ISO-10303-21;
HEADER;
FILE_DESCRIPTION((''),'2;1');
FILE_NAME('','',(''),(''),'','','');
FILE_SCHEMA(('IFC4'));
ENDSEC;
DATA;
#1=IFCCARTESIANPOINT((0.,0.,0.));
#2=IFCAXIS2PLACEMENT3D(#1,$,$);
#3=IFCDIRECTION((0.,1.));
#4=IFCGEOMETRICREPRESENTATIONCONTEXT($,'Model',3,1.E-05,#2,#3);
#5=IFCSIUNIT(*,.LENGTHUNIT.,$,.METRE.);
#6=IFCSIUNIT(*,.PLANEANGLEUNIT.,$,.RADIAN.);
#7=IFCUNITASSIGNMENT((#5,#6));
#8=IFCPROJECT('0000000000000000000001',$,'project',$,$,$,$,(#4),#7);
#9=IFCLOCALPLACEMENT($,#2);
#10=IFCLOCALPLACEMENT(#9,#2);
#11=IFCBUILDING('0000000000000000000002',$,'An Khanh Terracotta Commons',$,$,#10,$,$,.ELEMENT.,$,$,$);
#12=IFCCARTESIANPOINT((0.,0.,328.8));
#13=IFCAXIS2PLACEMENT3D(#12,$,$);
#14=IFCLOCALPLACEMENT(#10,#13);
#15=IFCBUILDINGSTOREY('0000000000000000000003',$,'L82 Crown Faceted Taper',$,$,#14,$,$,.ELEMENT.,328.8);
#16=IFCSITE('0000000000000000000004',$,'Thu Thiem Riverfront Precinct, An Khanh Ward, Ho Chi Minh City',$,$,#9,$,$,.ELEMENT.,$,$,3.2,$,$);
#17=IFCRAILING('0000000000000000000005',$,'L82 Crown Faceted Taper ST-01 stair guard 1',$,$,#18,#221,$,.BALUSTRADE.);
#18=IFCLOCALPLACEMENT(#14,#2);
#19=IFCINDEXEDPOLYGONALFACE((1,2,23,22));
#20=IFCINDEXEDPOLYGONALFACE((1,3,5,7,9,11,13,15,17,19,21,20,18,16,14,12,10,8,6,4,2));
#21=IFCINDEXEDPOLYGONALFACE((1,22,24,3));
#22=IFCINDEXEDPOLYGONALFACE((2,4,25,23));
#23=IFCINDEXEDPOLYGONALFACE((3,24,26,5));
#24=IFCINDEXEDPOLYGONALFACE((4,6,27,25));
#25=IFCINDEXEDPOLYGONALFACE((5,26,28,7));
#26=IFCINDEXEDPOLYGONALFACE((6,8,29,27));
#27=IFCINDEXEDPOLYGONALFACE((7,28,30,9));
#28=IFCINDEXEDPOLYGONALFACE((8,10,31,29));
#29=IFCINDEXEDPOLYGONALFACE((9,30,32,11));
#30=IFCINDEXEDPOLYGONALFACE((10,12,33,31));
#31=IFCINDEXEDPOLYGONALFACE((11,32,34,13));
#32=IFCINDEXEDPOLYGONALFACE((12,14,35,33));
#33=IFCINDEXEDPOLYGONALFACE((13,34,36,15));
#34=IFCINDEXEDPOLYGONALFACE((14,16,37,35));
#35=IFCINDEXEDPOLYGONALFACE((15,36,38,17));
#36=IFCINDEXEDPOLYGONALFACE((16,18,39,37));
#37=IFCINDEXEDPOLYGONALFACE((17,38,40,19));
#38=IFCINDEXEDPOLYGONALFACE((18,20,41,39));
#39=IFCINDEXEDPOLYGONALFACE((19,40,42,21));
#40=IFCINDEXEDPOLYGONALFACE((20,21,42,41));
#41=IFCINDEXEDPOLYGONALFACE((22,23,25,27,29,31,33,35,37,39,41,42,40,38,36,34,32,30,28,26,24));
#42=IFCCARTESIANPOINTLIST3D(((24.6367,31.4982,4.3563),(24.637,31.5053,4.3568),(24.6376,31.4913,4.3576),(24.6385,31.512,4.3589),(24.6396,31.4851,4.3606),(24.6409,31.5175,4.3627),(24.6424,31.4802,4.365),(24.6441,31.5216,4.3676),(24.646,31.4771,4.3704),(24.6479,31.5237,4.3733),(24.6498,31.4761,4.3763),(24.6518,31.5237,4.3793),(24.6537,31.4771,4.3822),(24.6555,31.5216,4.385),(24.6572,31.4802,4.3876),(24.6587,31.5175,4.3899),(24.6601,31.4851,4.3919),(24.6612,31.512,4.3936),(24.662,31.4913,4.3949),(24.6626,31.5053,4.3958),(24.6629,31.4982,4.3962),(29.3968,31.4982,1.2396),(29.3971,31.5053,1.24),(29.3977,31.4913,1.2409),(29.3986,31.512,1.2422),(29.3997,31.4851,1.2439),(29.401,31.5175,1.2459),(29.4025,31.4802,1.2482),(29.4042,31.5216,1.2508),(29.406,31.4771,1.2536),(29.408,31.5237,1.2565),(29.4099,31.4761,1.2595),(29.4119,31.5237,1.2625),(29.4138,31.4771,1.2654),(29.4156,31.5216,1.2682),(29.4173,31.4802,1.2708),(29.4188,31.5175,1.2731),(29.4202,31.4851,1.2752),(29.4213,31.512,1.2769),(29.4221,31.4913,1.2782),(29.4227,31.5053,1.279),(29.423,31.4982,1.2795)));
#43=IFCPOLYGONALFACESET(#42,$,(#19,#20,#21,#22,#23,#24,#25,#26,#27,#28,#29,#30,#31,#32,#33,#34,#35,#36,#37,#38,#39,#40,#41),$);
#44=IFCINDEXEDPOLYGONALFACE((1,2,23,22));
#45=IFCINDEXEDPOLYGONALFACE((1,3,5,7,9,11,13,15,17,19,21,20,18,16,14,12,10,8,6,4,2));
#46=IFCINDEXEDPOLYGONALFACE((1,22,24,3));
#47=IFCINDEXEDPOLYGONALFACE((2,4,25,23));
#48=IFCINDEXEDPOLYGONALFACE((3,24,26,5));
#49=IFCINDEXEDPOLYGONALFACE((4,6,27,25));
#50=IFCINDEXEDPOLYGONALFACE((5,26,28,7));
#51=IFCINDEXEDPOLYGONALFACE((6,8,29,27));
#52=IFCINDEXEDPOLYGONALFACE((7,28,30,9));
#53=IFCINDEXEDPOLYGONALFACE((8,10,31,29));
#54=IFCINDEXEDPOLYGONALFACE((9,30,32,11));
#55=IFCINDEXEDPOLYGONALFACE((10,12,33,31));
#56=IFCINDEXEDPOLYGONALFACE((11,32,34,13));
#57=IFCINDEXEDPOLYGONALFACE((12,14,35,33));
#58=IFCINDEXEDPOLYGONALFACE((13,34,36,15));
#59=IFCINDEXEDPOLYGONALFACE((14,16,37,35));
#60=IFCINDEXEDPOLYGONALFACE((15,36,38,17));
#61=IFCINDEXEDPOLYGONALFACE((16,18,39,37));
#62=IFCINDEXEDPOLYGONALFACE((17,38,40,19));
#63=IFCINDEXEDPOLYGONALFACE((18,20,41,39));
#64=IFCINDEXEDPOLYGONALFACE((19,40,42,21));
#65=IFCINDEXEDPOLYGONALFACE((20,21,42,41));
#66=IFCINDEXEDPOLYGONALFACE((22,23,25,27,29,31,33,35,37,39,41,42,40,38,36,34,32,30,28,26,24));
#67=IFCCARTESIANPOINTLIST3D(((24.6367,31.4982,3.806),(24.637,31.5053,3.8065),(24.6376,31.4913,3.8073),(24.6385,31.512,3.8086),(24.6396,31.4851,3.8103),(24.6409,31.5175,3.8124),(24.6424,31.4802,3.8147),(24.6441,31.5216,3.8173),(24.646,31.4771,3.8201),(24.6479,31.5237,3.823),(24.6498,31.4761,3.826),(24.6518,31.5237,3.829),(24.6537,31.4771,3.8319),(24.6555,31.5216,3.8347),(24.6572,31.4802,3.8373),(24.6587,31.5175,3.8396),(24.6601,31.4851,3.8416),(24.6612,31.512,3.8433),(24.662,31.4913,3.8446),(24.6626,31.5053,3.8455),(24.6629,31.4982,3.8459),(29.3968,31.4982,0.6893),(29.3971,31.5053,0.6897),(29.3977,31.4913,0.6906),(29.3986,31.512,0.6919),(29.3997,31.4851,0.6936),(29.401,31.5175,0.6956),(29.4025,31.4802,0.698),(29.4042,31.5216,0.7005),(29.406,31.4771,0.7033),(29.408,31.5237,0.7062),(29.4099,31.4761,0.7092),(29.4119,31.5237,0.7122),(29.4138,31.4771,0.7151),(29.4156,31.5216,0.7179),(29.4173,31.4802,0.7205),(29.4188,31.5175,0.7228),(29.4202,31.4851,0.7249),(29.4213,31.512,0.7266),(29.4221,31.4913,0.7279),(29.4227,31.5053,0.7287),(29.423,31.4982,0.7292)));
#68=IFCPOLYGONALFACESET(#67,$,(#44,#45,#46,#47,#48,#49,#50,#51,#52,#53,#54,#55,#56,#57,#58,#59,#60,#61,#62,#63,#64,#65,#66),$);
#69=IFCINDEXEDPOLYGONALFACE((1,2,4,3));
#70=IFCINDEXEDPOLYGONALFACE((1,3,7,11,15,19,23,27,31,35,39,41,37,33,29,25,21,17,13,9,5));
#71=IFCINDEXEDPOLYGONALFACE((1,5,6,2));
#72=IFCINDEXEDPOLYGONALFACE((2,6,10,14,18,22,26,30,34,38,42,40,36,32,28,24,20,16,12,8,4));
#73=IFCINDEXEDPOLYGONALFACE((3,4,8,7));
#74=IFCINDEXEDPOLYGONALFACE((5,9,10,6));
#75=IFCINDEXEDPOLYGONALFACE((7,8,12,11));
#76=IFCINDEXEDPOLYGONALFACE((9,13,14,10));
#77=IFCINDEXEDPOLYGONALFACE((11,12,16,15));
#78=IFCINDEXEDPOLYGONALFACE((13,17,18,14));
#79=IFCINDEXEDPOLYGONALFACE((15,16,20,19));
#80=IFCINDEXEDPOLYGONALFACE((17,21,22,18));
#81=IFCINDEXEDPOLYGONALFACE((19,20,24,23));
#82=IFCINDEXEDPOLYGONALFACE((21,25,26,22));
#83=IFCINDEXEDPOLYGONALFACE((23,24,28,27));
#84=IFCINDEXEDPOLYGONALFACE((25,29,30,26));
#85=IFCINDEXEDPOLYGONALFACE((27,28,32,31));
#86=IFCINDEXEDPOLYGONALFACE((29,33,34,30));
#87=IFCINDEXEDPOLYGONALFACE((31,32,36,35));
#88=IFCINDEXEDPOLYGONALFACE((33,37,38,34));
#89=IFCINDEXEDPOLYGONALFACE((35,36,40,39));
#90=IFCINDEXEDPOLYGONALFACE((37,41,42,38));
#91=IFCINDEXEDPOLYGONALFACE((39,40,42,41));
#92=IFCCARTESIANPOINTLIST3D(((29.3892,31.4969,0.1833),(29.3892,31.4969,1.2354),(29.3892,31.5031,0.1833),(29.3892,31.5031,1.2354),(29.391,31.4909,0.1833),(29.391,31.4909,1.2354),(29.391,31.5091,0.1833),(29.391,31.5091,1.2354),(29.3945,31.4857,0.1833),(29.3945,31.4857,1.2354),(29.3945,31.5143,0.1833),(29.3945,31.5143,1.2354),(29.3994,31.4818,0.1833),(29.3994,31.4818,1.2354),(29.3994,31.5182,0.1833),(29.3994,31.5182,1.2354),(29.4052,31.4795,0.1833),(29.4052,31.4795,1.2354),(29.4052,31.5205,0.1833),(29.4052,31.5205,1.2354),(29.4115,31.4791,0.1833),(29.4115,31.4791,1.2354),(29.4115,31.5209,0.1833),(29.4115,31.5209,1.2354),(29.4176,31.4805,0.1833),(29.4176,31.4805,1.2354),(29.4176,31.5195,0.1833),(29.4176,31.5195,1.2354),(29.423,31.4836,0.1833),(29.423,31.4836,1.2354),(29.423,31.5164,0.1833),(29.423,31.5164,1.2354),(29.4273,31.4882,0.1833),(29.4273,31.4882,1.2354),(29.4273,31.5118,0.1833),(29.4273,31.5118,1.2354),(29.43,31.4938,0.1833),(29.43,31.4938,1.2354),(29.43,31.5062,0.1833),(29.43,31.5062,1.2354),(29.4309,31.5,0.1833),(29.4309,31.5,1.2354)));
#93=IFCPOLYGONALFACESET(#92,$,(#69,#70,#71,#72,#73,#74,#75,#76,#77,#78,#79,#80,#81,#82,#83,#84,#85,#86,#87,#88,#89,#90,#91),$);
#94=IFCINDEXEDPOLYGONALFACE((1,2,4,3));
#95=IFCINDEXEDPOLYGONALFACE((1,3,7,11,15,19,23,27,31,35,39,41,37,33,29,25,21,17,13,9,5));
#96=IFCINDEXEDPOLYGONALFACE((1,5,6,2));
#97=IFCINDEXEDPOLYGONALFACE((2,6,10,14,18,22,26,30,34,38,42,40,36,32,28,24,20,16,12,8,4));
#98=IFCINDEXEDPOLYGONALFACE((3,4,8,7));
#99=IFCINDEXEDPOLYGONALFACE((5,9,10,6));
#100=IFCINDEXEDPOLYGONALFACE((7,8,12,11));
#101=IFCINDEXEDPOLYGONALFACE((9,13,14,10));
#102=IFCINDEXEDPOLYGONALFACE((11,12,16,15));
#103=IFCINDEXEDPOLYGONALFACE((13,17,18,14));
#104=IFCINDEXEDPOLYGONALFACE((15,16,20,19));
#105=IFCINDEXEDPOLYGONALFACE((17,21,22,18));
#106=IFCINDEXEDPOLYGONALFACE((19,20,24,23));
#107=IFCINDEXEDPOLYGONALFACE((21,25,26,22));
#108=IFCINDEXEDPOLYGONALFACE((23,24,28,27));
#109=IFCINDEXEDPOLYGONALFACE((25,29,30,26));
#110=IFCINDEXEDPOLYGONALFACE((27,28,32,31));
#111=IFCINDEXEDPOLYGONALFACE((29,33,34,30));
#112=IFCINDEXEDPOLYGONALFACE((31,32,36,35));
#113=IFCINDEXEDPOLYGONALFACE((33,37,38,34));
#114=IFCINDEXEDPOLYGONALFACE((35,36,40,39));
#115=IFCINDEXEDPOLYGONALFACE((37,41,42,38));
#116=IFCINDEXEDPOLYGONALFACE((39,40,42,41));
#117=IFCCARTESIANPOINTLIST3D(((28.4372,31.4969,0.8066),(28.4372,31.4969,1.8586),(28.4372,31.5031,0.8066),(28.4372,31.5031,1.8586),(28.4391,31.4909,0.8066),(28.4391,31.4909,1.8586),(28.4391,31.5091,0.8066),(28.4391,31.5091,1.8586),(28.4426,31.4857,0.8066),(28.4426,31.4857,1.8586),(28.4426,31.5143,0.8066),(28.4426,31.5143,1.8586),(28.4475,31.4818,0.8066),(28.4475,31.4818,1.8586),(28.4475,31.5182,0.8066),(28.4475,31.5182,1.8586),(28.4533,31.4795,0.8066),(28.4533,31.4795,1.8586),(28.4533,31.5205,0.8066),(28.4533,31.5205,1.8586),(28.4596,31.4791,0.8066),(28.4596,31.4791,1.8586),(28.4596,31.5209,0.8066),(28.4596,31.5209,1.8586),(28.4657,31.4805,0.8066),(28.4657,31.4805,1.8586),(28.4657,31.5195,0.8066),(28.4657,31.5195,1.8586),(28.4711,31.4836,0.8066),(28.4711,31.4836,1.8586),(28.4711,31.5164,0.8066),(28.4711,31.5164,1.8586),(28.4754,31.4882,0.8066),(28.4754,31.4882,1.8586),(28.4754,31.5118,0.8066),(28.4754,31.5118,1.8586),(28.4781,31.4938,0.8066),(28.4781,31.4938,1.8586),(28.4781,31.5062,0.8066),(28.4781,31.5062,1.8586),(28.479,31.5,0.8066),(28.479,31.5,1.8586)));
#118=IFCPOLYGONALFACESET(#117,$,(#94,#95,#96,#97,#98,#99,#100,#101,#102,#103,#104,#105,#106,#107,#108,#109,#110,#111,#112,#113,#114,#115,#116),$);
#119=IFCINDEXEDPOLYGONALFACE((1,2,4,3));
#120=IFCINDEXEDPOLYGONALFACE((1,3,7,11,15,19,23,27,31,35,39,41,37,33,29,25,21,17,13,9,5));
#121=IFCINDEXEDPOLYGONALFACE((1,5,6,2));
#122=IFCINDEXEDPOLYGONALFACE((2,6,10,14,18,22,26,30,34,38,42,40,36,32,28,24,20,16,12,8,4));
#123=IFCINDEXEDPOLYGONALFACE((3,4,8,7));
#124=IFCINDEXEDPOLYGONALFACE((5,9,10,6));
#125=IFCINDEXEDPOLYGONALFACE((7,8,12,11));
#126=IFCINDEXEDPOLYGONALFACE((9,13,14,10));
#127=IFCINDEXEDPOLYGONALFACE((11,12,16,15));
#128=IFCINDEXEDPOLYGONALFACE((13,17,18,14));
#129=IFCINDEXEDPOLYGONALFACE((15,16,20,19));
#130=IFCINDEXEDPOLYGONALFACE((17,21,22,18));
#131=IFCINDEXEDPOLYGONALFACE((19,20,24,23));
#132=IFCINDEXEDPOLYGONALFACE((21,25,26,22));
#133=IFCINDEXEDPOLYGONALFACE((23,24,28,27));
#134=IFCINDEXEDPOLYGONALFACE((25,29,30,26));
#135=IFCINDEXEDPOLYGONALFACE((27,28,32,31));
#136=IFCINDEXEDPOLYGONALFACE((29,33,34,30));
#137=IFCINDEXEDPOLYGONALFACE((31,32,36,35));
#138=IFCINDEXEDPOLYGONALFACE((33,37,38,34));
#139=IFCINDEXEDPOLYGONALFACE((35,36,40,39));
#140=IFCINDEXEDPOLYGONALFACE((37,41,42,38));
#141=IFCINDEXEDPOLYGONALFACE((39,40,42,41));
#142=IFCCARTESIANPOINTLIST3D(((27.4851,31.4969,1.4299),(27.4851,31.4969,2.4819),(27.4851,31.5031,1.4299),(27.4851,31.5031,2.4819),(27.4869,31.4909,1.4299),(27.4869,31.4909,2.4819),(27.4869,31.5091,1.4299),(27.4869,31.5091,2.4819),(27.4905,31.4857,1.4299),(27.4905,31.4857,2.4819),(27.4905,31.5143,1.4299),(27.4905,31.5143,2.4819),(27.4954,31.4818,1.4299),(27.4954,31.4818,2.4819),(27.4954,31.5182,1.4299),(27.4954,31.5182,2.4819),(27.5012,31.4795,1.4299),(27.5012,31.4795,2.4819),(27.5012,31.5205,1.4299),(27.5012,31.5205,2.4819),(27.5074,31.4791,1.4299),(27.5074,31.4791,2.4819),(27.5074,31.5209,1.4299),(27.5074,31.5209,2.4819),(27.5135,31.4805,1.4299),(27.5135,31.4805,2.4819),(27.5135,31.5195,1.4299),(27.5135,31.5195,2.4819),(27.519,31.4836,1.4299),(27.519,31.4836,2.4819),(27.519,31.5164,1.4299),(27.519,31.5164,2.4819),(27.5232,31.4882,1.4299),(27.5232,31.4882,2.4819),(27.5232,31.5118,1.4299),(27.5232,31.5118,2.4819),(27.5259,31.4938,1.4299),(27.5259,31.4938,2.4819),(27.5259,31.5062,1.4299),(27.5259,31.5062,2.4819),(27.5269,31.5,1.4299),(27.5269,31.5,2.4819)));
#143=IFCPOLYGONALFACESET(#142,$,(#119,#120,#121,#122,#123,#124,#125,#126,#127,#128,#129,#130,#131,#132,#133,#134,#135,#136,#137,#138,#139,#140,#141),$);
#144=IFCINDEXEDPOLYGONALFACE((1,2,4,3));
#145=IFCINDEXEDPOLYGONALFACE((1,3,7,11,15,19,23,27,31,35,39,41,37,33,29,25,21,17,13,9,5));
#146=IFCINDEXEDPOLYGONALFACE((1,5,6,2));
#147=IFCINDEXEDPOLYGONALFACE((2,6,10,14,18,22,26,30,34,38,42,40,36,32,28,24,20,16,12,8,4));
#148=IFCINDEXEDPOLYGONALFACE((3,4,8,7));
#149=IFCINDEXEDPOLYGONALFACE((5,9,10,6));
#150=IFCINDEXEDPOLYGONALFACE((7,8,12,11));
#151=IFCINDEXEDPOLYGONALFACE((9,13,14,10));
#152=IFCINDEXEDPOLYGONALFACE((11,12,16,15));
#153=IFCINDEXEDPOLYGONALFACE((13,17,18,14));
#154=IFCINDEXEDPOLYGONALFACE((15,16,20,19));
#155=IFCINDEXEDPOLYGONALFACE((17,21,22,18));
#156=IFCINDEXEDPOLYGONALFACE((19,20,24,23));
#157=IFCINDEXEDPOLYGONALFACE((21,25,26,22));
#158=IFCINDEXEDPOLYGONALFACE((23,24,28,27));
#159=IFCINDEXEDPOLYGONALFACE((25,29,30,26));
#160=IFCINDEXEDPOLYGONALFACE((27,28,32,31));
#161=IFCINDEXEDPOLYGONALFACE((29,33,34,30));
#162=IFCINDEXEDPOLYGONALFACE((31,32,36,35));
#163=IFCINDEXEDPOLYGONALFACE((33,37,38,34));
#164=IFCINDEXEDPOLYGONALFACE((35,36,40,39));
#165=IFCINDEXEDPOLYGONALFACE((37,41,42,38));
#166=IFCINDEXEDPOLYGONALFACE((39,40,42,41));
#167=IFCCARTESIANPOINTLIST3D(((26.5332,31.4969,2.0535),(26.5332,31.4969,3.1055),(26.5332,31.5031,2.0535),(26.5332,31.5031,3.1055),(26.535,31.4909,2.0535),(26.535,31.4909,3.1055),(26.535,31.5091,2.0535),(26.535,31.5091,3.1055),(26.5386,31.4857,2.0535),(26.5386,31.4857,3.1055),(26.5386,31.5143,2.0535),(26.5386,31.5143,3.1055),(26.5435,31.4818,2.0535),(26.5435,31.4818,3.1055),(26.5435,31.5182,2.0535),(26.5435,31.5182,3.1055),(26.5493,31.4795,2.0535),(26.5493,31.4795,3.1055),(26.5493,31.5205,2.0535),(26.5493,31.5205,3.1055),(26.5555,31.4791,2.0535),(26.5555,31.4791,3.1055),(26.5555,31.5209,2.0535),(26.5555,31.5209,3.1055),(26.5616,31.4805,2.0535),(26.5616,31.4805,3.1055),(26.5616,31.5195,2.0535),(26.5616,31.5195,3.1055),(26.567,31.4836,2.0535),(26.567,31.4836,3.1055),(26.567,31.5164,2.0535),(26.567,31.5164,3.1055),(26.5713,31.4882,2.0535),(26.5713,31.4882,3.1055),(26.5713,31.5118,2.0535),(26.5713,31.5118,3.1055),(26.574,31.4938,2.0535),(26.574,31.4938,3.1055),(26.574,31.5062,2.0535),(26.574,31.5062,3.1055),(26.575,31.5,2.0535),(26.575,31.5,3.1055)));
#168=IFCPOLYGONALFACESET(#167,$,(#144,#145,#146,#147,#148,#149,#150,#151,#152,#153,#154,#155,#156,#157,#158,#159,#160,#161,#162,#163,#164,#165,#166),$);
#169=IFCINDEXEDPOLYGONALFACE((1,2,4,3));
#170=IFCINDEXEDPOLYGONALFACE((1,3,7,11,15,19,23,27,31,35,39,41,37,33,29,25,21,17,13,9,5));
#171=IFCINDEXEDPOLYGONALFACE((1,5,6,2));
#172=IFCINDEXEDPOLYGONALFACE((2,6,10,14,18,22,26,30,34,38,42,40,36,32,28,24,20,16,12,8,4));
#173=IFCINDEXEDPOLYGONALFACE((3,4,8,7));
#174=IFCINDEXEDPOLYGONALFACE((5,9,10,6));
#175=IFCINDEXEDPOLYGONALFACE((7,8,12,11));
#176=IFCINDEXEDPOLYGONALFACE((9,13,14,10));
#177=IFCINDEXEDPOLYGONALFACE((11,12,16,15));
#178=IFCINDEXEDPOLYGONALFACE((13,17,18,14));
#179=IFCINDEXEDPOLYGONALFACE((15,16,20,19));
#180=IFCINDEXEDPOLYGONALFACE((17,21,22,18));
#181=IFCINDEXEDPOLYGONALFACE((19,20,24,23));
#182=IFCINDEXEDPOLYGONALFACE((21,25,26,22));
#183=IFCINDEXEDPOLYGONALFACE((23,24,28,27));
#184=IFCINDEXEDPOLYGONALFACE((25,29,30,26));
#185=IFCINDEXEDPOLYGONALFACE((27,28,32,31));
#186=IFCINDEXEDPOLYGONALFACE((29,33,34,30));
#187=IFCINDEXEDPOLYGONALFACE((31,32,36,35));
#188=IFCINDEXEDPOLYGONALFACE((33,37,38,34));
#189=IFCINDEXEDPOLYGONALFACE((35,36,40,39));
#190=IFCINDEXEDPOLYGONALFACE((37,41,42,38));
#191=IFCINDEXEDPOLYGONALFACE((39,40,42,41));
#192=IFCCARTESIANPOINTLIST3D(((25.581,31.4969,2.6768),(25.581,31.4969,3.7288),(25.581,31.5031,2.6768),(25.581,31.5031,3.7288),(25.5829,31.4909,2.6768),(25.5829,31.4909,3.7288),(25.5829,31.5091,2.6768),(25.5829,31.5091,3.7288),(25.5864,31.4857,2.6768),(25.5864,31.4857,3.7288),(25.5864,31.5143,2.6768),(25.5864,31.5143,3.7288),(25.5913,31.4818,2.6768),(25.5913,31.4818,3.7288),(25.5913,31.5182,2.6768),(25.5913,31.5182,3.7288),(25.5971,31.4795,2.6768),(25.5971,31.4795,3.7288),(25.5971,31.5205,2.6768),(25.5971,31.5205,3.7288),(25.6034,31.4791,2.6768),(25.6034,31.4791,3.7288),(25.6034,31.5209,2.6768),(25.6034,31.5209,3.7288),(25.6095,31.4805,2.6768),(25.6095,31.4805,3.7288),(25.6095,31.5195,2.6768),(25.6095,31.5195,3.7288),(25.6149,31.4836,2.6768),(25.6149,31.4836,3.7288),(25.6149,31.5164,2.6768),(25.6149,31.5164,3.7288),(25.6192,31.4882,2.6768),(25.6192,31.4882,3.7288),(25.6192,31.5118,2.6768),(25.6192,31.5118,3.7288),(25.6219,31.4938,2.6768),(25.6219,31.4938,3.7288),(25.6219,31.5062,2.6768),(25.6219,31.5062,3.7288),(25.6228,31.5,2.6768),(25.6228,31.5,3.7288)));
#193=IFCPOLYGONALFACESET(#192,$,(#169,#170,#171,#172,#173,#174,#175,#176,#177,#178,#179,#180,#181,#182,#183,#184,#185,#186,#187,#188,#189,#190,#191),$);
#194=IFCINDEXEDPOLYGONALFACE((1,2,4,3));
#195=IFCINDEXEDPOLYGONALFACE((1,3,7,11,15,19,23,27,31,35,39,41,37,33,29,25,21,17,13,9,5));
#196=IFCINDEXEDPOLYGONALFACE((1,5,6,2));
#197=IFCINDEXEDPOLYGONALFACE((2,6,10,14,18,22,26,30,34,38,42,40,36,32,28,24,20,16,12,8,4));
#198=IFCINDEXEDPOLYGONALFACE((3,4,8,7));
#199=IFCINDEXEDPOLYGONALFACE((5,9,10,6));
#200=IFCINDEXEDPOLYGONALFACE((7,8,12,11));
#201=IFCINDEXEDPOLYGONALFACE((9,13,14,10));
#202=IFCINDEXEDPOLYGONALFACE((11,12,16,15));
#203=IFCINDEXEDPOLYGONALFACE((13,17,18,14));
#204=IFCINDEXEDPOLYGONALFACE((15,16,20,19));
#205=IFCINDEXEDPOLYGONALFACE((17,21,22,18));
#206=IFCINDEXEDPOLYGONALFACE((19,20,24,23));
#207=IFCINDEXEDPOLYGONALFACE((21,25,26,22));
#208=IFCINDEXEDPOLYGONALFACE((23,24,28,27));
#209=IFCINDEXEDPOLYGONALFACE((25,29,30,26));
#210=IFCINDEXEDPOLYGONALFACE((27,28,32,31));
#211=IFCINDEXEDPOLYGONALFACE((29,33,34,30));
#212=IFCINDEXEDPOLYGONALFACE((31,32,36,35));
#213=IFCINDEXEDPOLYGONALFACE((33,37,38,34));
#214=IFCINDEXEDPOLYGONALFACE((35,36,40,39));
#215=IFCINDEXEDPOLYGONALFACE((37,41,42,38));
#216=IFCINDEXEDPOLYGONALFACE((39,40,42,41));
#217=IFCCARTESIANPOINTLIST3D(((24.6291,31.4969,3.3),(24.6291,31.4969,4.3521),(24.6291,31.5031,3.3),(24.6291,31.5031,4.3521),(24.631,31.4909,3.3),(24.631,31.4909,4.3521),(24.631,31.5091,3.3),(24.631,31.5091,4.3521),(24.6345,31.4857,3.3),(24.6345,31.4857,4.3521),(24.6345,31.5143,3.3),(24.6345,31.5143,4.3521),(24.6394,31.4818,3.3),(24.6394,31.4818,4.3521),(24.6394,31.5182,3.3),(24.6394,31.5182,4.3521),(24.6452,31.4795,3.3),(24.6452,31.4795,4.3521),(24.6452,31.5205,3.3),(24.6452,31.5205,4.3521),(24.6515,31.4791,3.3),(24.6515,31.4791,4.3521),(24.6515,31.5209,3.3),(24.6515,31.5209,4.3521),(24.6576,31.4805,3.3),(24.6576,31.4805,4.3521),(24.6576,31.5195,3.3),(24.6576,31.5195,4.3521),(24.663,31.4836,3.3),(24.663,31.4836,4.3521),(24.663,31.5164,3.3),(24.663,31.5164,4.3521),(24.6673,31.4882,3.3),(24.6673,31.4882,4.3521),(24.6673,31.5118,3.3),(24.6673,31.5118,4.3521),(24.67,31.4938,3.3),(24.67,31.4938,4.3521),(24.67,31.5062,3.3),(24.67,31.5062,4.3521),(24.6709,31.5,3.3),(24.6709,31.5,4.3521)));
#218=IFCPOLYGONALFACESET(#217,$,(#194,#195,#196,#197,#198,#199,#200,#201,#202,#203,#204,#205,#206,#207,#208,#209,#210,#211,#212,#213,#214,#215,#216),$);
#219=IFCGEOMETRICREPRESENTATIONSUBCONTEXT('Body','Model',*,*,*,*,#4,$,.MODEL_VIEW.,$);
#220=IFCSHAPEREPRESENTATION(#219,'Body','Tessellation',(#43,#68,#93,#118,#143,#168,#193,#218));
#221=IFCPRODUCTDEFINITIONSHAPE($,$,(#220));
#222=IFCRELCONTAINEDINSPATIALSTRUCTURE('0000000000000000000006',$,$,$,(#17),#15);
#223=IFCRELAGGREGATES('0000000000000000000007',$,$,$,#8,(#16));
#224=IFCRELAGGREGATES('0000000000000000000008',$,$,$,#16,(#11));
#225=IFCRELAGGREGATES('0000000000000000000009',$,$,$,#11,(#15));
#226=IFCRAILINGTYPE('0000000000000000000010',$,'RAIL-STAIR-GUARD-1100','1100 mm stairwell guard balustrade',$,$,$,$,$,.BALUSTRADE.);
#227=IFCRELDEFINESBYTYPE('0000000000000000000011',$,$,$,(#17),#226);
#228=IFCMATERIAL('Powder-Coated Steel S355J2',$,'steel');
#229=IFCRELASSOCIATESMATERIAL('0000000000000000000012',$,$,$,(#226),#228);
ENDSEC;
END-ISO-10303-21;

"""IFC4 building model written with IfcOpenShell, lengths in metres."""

from ifc_helpers import new_model, si_unit, direction, frame, origin, origin_2d, place, context, subcontext, project, spatial, circle, extrude, material, type_object, element, save


model = new_model("IFC4")

# Units and contexts
model_context = context("Model", 3, precision=1e-05, world=origin(), true_north=direction((0.0, 1.0)))
body_context = subcontext(model_context, "Body", "Model", "MODEL_VIEW")
ifc_project = project(units=[si_unit("LENGTHUNIT", "METRE"), si_unit("PLANEANGLEUNIT", "RADIAN")], contexts=[model_context])

# Site, building, storey
site_placement = place(None, origin())
site = spatial("IfcSite", under=ifc_project, at=site_placement, Name="Thu Thiem Riverfront Precinct, An Khanh Ward, Ho Chi Minh City", CompositionType="ELEMENT", RefElevation=3.2)
building_placement = place(site_placement, origin())
building = spatial("IfcBuilding", under=site, at=building_placement, Name="An Khanh Terracotta Commons", CompositionType="ELEMENT")
storey_placement = place(building_placement, frame((0.0, 0.0, 328.8)))
storey = spatial("IfcBuildingStorey", under=building, at=storey_placement, Name="L82 Crown Faceted Taper", CompositionType="ELEMENT", Elevation=328.8)

# Railing
ifc_material_1 = material(Name="Powder-Coated Steel S355J2", Category="steel")
railing_type_1 = type_object("IfcRailingType", Name="RAIL-STAIR-GUARD-1100", Description="1100 mm stairwell guard balustrade", PredefinedType="BALUSTRADE", material=ifc_material_1)
railing_1_placement = place(storey_placement, frame((29.4099, 31.5, 0.1833)))
element("IfcRailing", 1, at=railing_1_placement, inside=storey, type_object=railing_type_1, Name="L82 Crown Faceted Taper ST-01 stair guard 1", PredefinedType="BALUSTRADE", context=body_context, shape_type="SweptSolid", body=[
    extrude(circle(Radius=0.0239, at=origin_2d()), frame((0.0, 0.0, 1.0762), z_axis=(-0.836616, 0.0, 0.547789), x_axis=(0.0, -1.0, 0.0)), (0.0, 0.0, 1.0), 5.6897),
    extrude(circle(Radius=0.0239, at=origin_2d()), frame((0.0, 0.0, 0.5259), z_axis=(-0.836616, 0.0, 0.547789), x_axis=(0.0, -1.0, 0.0)), (0.0, 0.0, 1.0), 5.6897),
    extrude(circle(Radius=0.021, at=origin_2d()), origin(), (0.0, 0.0, 1.0), 1.052),
    extrude(circle(Radius=0.021, at=origin_2d()), frame((-0.9519, 0.0, 0.6233)), (0.0, 0.0, 1.0), 1.052),
    extrude(circle(Radius=0.021, at=origin_2d()), frame((-1.9041, 0.0, 1.2466)), (0.0, 0.0, 1.0), 1.052),
    extrude(circle(Radius=0.021, at=origin_2d()), frame((-2.856, 0.0, 1.8701)), (0.0, 0.0, 1.0), 1.052),
    extrude(circle(Radius=0.021, at=origin_2d()), frame((-3.8081, 0.0, 2.4934)), (0.0, 0.0, 1.0), 1.052),
    extrude(circle(Radius=0.021, at=origin_2d()), frame((-4.76, 0.0, 3.1167)), (0.0, 0.0, 1.0), 1.052),
])

save(model, "model.ifc")
